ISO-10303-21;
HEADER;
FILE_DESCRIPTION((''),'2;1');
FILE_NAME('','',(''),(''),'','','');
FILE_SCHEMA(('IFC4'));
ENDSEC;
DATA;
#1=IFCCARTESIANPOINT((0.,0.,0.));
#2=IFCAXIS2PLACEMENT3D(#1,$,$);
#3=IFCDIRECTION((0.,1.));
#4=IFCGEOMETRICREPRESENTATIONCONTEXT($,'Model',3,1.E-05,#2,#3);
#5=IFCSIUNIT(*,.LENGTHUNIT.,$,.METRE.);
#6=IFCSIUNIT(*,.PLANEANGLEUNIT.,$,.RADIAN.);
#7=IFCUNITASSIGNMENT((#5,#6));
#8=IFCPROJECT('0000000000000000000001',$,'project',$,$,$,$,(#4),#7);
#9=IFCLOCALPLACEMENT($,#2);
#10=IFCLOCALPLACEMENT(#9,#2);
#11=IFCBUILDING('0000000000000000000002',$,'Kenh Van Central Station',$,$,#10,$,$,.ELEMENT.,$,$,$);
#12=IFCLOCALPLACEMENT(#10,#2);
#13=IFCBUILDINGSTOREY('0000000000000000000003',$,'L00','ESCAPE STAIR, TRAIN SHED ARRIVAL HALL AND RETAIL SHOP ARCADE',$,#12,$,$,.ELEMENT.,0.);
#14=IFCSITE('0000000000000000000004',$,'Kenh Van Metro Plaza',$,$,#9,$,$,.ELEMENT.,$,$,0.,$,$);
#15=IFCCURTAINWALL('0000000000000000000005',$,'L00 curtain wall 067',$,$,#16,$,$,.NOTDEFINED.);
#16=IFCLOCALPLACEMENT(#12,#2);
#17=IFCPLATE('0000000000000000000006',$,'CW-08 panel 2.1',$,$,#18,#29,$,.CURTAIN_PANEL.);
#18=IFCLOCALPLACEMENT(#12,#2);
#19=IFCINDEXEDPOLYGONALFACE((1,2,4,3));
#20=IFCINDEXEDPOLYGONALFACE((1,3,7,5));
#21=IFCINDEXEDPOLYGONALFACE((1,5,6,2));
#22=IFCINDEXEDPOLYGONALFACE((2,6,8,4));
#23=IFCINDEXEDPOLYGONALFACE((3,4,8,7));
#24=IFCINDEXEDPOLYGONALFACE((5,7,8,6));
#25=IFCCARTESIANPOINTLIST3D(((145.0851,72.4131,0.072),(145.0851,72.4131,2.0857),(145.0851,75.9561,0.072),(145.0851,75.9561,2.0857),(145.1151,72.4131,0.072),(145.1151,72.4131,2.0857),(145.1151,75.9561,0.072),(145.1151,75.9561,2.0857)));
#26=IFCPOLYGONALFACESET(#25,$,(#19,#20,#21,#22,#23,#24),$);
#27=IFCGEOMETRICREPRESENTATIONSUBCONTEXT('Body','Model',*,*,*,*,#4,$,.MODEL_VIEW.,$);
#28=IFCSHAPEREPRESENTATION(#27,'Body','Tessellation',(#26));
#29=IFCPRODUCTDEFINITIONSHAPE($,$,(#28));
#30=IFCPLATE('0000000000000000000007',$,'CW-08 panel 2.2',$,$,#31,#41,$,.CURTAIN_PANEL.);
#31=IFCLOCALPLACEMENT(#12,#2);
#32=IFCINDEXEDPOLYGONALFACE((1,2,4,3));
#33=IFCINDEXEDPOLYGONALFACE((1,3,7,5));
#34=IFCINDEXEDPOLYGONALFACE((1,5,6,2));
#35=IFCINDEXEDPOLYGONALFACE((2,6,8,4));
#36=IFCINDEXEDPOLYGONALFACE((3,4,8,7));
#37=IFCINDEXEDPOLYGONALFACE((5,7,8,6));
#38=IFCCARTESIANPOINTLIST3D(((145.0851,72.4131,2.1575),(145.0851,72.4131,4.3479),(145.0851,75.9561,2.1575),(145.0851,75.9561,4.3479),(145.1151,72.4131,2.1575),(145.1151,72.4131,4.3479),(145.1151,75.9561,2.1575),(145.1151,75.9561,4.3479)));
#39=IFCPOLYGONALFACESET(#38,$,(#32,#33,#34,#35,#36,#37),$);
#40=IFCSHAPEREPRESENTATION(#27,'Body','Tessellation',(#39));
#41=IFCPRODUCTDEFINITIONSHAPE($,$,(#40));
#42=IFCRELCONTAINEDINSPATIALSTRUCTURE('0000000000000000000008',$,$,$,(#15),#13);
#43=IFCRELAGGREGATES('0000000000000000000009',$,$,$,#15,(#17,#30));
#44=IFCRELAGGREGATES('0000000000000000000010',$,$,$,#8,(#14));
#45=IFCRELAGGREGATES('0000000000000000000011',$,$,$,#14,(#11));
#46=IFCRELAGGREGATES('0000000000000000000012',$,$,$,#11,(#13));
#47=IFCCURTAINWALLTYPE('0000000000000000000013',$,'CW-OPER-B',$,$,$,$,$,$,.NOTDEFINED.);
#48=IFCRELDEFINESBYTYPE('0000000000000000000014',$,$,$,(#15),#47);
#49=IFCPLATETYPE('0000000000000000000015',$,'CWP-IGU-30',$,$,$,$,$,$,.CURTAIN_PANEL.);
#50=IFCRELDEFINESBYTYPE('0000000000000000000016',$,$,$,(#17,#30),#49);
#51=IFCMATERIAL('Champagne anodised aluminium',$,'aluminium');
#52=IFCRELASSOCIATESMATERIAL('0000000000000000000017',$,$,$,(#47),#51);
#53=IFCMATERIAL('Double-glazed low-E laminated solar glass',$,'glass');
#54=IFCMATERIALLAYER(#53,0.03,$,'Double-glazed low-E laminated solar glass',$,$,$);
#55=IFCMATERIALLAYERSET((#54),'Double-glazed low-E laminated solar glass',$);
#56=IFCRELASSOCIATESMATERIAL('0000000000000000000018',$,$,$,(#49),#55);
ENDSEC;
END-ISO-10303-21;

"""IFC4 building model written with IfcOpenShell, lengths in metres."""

from ifc_helpers import new_model, si_unit, direction, frame, origin, origin_2d, place, context, subcontext, project, spatial, rectangle, extrude, material, layer, layer_set, type_object, element, aggregate, save


model = new_model("IFC4")

# Units and contexts
model_context = context("Model", 3, precision=1e-05, world=origin(), true_north=direction((0.0, 1.0)))
body_context = subcontext(model_context, "Body", "Model", "MODEL_VIEW")
ifc_project = project(units=[si_unit("LENGTHUNIT", "METRE"), si_unit("PLANEANGLEUNIT", "RADIAN")], contexts=[model_context])

# Site, building, storey
site_placement = place(None, origin())
site = spatial("IfcSite", under=ifc_project, at=site_placement, Name="Kenh Van Metro Plaza", CompositionType="ELEMENT", RefElevation=0.0)
building_placement = place(site_placement, origin())
building = spatial("IfcBuilding", under=site, at=building_placement, Name="Kenh Van Central Station", CompositionType="ELEMENT")
storey_placement = place(building_placement, origin())
storey = spatial("IfcBuildingStorey", under=building, at=storey_placement, Name="L00", Description="ESCAPE STAIR, TRAIN SHED ARRIVAL HALL AND RETAIL SHOP ARCADE", CompositionType="ELEMENT", Elevation=0.0)

# Curtain wall
ifc_material_1 = material(Name="Champagne anodised aluminium", Category="aluminium")
curtain_wall_type = type_object("IfcCurtainWallType", Name="CW-OPER-B", PredefinedType="NOTDEFINED", material=ifc_material_1)
curtain_wall_1_placement = place(storey_placement, origin())
curtain_wall_1 = element("IfcCurtainWall", 1, at=curtain_wall_1_placement, inside=storey, type_object=curtain_wall_type, Name="L00 curtain wall 067", PredefinedType="NOTDEFINED")

# Plates
ifc_material_2 = material(Name="Double-glazed low-E laminated solar glass", Category="glass")
ifc_layer = layer(ifc_material_2, 0.03, Name="Double-glazed low-E laminated solar glass")
ifc_layer_set = layer_set([ifc_layer], Name="Double-glazed low-E laminated solar glass")
plate_type = type_object("IfcPlateType", Name="CWP-IGU-30", PredefinedType="CURTAIN_PANEL", material=ifc_layer_set)
plate_1_placement = place(storey_placement, frame((145.1001, 74.1846, 0.072), z_axis=(0.0, 0.0, 1.0), x_axis=(0.0, -1.0, 0.0)))
plate_1 = element("IfcPlate", 2, at=plate_1_placement, type_object=plate_type, Name="CW-08 panel 2.1", PredefinedType="CURTAIN_PANEL", context=body_context, shape_type="SweptSolid", body=[
    extrude(rectangle(XDim=3.543, YDim=0.03, at=origin_2d()), origin(), (0.0, 0.0, 1.0), 2.0137),
])
plate_2_placement = place(storey_placement, frame((145.1001, 74.1846, 2.1575), z_axis=(0.0, 0.0, 1.0), x_axis=(0.0, -1.0, 0.0)))
plate_2 = element("IfcPlate", 3, at=plate_2_placement, type_object=plate_type, Name="CW-08 panel 2.2", PredefinedType="CURTAIN_PANEL", context=body_context, shape_type="SweptSolid", body=[
    extrude(rectangle(XDim=3.543, YDim=0.03, at=origin_2d()), origin(), (0.0, 0.0, 1.0), 2.1904),
])
aggregate(curtain_wall_1, [plate_1, plate_2])

save(model, "model.ifc")
